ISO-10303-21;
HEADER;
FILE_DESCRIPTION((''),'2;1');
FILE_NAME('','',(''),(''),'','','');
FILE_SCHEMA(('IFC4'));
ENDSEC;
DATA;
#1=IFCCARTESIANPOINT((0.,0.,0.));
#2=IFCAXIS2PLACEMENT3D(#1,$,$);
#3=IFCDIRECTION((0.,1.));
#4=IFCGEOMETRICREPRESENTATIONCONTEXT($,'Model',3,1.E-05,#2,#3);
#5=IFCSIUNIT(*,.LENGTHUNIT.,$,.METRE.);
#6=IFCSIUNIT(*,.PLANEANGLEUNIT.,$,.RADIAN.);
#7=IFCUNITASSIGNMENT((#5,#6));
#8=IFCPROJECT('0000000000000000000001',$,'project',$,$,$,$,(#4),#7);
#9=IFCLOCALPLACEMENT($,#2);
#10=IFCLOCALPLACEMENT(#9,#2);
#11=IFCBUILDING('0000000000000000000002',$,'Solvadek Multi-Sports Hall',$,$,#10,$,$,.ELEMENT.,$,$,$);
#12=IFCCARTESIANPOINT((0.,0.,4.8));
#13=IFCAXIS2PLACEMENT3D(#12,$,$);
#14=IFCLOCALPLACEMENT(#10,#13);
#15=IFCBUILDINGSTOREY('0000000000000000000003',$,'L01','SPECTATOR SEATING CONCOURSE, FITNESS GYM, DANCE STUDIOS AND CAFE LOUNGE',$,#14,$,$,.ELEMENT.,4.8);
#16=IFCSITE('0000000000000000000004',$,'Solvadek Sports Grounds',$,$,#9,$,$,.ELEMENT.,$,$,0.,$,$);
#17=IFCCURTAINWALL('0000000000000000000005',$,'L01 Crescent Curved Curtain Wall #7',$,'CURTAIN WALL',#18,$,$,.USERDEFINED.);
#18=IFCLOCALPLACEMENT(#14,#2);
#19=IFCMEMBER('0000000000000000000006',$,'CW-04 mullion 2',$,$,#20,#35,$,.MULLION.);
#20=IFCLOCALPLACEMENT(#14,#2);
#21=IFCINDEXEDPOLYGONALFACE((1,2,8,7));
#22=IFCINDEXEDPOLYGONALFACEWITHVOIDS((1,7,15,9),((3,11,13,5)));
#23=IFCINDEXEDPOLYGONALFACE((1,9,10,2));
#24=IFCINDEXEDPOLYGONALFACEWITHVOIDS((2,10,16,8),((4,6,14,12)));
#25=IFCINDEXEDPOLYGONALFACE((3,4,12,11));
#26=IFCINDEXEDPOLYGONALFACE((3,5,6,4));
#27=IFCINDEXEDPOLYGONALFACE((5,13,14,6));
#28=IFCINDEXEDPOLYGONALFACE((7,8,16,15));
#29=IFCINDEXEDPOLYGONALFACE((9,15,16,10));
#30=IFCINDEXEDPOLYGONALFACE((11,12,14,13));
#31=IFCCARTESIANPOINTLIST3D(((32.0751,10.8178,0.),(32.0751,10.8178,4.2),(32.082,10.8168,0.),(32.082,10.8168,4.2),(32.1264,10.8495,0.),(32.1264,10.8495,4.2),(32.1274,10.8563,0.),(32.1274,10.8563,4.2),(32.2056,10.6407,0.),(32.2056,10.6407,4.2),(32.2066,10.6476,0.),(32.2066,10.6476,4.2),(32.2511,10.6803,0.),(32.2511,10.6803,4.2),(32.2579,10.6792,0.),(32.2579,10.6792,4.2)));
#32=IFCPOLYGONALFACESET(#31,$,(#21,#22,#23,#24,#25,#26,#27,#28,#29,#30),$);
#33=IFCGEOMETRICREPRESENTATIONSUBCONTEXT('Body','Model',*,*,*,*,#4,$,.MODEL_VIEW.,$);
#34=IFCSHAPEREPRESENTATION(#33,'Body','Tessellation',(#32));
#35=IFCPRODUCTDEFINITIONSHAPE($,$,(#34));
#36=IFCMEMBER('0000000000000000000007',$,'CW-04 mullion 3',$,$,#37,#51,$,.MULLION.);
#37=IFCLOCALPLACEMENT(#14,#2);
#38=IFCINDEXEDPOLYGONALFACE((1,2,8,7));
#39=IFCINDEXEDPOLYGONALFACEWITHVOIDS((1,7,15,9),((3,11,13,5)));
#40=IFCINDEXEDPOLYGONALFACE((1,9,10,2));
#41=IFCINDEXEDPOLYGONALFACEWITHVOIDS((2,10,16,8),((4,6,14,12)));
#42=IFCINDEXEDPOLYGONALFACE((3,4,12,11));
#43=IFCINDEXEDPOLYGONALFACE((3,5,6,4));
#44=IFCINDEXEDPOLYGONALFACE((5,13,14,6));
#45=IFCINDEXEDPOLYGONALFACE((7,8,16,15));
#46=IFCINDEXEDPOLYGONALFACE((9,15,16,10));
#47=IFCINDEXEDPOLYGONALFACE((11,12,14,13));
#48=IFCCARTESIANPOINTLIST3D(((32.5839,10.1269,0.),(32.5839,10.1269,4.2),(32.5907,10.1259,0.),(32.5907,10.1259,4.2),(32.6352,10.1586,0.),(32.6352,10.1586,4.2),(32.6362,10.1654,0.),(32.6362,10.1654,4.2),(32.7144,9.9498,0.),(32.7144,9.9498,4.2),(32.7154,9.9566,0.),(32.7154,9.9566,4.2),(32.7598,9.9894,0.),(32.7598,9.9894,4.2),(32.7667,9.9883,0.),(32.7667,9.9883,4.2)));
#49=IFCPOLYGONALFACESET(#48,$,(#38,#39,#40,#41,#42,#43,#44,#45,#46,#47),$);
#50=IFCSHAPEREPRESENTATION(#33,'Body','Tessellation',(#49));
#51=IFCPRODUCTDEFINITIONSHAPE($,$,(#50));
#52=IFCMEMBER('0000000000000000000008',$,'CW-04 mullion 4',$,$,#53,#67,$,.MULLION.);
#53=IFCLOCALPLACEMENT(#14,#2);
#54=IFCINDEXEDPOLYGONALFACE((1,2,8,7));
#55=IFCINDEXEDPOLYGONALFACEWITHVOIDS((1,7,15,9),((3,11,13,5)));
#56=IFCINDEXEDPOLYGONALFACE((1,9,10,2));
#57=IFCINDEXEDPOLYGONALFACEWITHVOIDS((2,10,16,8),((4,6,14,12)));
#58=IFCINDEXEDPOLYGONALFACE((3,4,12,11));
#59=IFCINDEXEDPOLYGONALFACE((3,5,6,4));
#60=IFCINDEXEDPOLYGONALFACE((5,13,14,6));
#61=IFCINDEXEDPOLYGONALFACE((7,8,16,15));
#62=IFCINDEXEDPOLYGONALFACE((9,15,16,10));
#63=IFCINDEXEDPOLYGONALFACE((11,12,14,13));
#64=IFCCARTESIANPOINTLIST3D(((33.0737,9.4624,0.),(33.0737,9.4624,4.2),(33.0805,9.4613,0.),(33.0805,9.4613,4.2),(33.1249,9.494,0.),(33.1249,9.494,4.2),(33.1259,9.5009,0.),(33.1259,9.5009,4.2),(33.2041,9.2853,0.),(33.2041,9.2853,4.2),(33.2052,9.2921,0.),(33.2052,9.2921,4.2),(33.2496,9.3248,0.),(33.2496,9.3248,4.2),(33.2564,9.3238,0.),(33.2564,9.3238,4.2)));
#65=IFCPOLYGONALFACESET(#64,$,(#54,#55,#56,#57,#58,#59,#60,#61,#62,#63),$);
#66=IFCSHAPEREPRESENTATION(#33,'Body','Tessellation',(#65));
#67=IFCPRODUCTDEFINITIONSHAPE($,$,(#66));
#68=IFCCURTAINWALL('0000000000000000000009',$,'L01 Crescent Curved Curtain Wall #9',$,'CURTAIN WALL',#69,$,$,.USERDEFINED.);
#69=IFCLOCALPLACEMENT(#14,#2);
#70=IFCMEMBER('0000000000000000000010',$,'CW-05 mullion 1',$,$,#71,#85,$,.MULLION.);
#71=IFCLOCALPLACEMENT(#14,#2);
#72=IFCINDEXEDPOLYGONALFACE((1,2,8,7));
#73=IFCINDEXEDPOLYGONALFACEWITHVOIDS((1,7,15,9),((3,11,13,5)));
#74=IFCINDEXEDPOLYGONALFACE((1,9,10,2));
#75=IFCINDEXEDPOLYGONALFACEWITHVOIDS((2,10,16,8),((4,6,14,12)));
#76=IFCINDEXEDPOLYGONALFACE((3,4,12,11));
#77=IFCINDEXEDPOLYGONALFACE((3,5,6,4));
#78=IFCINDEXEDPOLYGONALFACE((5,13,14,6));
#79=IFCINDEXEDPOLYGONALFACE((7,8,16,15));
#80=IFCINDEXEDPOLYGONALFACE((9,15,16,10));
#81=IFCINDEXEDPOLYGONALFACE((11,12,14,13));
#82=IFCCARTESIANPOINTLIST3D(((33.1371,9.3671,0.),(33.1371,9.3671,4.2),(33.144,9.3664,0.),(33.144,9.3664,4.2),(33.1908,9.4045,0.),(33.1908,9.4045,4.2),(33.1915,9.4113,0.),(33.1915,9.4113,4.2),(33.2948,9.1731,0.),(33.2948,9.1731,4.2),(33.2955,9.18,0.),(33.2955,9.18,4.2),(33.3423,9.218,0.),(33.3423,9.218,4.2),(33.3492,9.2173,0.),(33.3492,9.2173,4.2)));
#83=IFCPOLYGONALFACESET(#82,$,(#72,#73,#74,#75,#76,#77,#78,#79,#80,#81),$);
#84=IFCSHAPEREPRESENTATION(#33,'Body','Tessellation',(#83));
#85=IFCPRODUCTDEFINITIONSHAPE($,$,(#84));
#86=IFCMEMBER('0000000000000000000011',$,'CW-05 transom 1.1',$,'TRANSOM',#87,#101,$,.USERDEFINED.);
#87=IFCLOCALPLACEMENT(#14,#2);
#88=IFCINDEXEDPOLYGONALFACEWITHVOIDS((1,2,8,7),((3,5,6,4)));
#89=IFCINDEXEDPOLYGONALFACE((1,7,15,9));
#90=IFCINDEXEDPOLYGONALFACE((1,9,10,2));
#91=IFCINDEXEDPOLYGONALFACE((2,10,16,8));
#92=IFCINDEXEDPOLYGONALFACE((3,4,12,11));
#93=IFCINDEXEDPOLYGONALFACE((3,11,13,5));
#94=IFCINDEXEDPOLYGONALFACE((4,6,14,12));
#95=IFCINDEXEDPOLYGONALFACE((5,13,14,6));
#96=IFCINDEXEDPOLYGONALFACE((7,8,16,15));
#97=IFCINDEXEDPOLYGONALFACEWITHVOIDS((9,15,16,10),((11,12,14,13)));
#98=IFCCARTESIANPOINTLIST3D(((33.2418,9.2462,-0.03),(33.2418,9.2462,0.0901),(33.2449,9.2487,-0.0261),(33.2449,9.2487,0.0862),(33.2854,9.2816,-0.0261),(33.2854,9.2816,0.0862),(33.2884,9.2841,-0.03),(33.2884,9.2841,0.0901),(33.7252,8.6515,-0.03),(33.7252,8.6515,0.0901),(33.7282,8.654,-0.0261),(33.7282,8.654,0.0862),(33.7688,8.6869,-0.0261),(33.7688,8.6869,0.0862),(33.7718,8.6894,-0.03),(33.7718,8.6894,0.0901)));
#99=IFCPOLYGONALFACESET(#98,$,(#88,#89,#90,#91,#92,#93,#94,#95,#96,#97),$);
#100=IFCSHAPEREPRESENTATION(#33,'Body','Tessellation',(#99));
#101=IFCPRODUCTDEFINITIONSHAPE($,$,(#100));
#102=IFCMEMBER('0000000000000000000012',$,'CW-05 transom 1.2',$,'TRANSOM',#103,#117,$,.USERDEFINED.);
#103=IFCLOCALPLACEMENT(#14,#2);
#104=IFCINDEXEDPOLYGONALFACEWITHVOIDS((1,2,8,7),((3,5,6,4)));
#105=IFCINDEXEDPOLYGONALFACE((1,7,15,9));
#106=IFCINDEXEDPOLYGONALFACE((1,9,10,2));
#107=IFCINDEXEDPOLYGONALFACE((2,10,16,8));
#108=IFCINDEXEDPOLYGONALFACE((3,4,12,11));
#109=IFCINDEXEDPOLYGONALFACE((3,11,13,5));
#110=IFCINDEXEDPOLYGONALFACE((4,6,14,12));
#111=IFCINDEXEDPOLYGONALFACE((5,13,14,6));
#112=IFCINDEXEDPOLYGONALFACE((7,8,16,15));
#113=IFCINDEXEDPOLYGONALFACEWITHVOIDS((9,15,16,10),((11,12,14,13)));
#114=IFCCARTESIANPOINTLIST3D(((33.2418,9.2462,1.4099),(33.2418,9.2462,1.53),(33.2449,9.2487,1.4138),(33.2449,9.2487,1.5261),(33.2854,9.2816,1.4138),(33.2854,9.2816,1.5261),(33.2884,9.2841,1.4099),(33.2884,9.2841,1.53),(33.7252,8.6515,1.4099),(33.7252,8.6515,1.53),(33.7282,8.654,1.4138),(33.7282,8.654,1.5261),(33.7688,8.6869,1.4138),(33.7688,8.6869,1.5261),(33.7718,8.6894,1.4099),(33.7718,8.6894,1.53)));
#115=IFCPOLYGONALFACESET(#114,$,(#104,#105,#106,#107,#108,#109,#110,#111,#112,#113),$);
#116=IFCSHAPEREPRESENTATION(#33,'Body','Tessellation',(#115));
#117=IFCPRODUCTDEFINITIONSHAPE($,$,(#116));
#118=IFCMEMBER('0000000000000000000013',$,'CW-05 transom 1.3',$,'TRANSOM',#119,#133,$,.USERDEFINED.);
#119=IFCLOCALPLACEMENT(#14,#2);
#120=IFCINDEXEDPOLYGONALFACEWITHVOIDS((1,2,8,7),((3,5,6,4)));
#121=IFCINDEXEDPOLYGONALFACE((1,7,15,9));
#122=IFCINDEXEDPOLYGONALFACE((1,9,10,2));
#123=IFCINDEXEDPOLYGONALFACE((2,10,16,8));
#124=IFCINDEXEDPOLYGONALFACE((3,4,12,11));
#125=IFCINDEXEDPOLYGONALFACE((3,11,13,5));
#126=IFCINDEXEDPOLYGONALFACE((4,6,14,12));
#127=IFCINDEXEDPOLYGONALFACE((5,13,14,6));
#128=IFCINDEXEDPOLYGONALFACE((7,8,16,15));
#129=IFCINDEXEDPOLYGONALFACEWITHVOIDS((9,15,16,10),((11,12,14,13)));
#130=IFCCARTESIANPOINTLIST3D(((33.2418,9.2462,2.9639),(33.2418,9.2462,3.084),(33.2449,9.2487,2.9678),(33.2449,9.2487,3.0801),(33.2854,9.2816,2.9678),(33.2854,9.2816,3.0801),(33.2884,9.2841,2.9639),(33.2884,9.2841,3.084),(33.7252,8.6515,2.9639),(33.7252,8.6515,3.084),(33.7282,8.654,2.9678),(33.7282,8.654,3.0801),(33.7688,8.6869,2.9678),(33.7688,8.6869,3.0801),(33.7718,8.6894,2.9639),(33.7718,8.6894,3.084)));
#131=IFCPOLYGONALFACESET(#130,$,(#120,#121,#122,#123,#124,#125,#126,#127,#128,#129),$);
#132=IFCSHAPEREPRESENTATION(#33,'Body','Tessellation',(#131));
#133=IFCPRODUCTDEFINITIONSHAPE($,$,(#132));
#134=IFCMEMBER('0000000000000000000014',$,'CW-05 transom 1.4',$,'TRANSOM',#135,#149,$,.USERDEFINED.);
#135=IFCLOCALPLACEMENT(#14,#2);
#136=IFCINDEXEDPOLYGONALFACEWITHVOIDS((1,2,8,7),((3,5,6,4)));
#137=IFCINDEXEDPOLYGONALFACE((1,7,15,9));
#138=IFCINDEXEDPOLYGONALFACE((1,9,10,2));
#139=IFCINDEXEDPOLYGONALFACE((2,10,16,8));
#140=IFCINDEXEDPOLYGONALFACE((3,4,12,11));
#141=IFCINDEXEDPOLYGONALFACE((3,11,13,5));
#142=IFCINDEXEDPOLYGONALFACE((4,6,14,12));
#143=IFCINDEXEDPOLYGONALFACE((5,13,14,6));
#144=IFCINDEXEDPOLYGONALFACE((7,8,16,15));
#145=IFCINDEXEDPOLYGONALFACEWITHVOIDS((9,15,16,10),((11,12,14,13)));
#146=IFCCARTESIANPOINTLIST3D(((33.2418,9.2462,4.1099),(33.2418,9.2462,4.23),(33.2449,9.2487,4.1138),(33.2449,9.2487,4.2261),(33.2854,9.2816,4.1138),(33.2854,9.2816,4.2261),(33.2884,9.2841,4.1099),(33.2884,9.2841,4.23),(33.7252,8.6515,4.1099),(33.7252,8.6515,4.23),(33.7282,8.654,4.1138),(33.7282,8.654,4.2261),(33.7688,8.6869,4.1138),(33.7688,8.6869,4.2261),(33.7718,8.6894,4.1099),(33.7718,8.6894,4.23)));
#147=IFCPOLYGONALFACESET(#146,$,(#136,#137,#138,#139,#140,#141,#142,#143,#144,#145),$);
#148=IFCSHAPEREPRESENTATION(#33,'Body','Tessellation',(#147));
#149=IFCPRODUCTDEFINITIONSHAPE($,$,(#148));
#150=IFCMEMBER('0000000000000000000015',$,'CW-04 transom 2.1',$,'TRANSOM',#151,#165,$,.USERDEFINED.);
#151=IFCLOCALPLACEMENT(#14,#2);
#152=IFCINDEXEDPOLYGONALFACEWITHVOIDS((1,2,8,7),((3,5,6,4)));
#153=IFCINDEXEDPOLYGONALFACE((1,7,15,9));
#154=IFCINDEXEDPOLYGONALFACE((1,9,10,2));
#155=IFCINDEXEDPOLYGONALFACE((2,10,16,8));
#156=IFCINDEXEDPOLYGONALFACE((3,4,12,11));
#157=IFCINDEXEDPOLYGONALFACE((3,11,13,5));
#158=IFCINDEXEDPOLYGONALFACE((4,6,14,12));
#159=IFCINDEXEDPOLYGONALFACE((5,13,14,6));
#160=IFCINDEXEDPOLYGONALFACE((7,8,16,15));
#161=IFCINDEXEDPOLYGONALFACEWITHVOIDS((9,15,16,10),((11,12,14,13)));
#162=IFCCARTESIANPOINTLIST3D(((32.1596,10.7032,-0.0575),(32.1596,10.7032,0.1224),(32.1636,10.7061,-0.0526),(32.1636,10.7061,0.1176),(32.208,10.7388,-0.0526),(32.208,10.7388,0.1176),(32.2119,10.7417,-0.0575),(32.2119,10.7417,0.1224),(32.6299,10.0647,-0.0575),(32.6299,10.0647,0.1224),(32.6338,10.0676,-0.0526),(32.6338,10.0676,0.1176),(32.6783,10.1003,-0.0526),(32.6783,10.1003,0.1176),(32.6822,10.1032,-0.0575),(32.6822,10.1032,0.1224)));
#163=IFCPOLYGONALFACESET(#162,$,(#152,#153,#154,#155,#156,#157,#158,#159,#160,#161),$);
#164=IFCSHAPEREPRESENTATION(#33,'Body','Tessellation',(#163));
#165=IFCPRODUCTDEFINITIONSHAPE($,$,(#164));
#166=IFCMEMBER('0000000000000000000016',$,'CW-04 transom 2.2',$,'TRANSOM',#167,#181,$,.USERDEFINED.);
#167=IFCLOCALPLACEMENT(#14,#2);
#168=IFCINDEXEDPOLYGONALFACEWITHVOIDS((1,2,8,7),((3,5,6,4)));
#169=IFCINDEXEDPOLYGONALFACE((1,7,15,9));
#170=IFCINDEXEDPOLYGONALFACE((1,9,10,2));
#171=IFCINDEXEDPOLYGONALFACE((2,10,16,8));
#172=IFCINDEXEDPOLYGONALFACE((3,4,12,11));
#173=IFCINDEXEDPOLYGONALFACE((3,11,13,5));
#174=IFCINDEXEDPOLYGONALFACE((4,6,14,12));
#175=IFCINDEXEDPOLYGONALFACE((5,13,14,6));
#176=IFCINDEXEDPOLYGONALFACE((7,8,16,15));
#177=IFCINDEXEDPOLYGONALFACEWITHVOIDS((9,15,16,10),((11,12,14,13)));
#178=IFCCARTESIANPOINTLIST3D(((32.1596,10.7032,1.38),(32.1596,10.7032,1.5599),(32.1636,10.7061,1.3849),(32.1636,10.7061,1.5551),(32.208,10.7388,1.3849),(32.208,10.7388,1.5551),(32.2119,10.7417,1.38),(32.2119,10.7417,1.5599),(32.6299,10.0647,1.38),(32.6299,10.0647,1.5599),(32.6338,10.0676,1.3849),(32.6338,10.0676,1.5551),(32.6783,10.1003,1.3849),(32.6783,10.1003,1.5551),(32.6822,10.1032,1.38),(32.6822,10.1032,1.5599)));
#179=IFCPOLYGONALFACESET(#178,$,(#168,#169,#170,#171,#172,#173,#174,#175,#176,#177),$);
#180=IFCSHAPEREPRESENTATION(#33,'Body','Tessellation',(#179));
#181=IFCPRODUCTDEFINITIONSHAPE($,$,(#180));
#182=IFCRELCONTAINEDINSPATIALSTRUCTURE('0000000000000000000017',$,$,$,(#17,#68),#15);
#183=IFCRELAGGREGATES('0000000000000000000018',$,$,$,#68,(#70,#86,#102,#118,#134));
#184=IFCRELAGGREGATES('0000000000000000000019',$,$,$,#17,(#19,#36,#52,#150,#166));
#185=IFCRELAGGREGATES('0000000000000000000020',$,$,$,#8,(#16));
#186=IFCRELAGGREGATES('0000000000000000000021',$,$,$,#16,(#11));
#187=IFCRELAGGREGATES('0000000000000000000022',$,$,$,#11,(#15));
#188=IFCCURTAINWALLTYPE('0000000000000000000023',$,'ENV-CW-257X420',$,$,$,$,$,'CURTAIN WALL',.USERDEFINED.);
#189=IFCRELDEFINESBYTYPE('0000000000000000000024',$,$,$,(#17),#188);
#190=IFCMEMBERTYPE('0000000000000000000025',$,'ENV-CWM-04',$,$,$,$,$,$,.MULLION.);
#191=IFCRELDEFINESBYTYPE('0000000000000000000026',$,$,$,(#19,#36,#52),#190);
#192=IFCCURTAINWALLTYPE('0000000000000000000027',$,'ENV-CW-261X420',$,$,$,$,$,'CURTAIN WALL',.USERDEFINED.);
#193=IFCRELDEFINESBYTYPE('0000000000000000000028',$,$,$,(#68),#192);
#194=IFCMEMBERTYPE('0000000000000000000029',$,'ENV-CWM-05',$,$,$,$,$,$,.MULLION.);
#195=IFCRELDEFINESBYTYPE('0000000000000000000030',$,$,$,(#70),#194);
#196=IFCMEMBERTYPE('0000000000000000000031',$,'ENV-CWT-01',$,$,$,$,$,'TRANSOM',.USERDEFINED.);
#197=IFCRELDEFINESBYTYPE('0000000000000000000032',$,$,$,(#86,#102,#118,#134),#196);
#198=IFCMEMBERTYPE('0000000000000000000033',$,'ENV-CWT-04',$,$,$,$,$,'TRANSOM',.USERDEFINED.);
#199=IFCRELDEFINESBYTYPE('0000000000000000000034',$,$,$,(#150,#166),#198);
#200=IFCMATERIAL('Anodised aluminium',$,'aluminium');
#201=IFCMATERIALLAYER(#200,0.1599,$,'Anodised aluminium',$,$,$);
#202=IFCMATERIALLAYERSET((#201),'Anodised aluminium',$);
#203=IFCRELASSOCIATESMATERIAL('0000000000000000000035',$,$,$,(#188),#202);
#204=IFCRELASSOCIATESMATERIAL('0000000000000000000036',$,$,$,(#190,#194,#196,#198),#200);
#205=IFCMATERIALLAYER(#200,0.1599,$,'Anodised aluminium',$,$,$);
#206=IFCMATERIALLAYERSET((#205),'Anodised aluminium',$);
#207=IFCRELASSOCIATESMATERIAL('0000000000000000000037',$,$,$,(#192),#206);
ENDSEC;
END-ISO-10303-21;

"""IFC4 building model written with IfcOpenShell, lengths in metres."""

from ifc_helpers import new_model, si_unit, direction, frame, origin, origin_2d, place, context, subcontext, project, spatial, hollow_rectangle, extrude, material, layer, layer_set, material_profile, profile_set, type_object, element, aggregate, save


model = new_model("IFC4")

# Units and contexts
model_context = context("Model", 3, precision=1e-05, world=origin(), true_north=direction((0.0, 1.0)))
body_context = subcontext(model_context, "Body", "Model", "MODEL_VIEW")
ifc_project = project(units=[si_unit("LENGTHUNIT", "METRE"), si_unit("PLANEANGLEUNIT", "RADIAN")], contexts=[model_context])

# Site, building, storey
site_placement = place(None, origin())
site = spatial("IfcSite", under=ifc_project, at=site_placement, Name="Solvadek Sports Grounds", CompositionType="ELEMENT", RefElevation=0.0)
building_placement = place(site_placement, origin())
building = spatial("IfcBuilding", under=site, at=building_placement, Name="Solvadek Multi-Sports Hall", CompositionType="ELEMENT")
storey_placement = place(building_placement, frame((0.0, 0.0, 4.8)))
storey = spatial("IfcBuildingStorey", under=building, at=storey_placement, Name="L01", Description="SPECTATOR SEATING CONCOURSE, FITNESS GYM, DANCE STUDIOS AND CAFE LOUNGE", CompositionType="ELEMENT", Elevation=4.8)

# Curtain walls, members
ifc_material_1 = material(Name="Anodised aluminium", Category="aluminium")
ifc_layer_1 = layer(ifc_material_1, 0.1599, Name="Anodised aluminium")
ifc_layer_set_1 = layer_set([ifc_layer_1], Name="Anodised aluminium")
curtain_wall_type_1 = type_object("IfcCurtainWallType", Name="ENV-CW-257X420", ElementType="CURTAIN WALL", PredefinedType="USERDEFINED", material=ifc_layer_set_1)
curtain_wall_1_placement = place(storey_placement, origin())
curtain_wall_1 = element("IfcCurtainWall", 1, at=curtain_wall_1_placement, inside=storey, type_object=curtain_wall_type_1, Name="L01 Crescent Curved Curtain Wall #7", ObjectType="CURTAIN WALL", PredefinedType="USERDEFINED")
ifc_material_profile_1 = material_profile(ifc_material_1, hollow_rectangle(XDim=0.0649, YDim=0.22, WallThickness=0.0049, at=origin_2d()), Name="ALU-M 220x65x5")
ifc_profile_set_1 = profile_set([ifc_material_profile_1], Name="Anodised aluminium")
member_type_1 = type_object("IfcMemberType", Name="ENV-CWM-04", PredefinedType="MULLION", material=ifc_profile_set_1)
member_1_placement = place(storey_placement, frame((32.1665, 10.7485, 0.0), z_axis=(0.0, 0.0, 1.0), x_axis=(0.80509, 0.593153, 0.0)))
member_1 = element("IfcMember", 2, at=member_1_placement, type_object=member_type_1, Name="CW-04 mullion 2", PredefinedType="MULLION", context=body_context, shape_type="SweptSolid", body=[
    extrude(hollow_rectangle(XDim=0.0649, YDim=0.22, WallThickness=0.0049, at=origin_2d()), origin(), (0.0, 0.0, 1.0), 4.2),
])
member_2_placement = place(storey_placement, frame((32.6753, 10.0576, 0.0), z_axis=(0.0, 0.0, 1.0), x_axis=(0.80509, 0.593153, 0.0)))
member_2 = element("IfcMember", 3, at=member_2_placement, type_object=member_type_1, Name="CW-04 mullion 3", PredefinedType="MULLION", context=body_context, shape_type="SweptSolid", body=[
    extrude(hollow_rectangle(XDim=0.0649, YDim=0.22, WallThickness=0.0049, at=origin_2d()), origin(), (0.0, 0.0, 1.0), 4.2),
])
member_3_placement = place(storey_placement, frame((33.165, 9.3931, 0.0), z_axis=(0.0, 0.0, 1.0), x_axis=(0.80509, 0.593153, 0.0)))
member_3 = element("IfcMember", 4, at=member_3_placement, type_object=member_type_1, Name="CW-04 mullion 4", PredefinedType="MULLION", context=body_context, shape_type="SweptSolid", body=[
    extrude(hollow_rectangle(XDim=0.0649, YDim=0.22, WallThickness=0.0049, at=origin_2d()), origin(), (0.0, 0.0, 1.0), 4.2),
])
ifc_layer_2 = layer(ifc_material_1, 0.1599, Name="Anodised aluminium")
ifc_layer_set_2 = layer_set([ifc_layer_2], Name="Anodised aluminium")
curtain_wall_type_2 = type_object("IfcCurtainWallType", Name="ENV-CW-261X420", ElementType="CURTAIN WALL", PredefinedType="USERDEFINED", material=ifc_layer_set_2)
curtain_wall_2_placement = place(storey_placement, origin())
curtain_wall_2 = element("IfcCurtainWall", 5, at=curtain_wall_2_placement, inside=storey, type_object=curtain_wall_type_2, Name="L01 Crescent Curved Curtain Wall #9", ObjectType="CURTAIN WALL", PredefinedType="USERDEFINED")
ifc_material_profile_2 = material_profile(ifc_material_1, hollow_rectangle(XDim=0.0701, YDim=0.25, WallThickness=0.0049, at=origin_2d()), Name="ALU-M 250x70x5")
ifc_profile_set_2 = profile_set([ifc_material_profile_2], Name="Anodised aluminium")
member_type_2 = type_object("IfcMemberType", Name="ENV-CWM-05", PredefinedType="MULLION", material=ifc_profile_set_2)
member_4_placement = place(storey_placement, frame((33.2432, 9.2922, 0.0), z_axis=(0.0, 0.0, 1.0), x_axis=(0.776032, 0.630693, 0.0)))
member_4 = element("IfcMember", 6, at=member_4_placement, type_object=member_type_2, Name="CW-05 mullion 1", PredefinedType="MULLION", context=body_context, shape_type="SweptSolid", body=[
    extrude(hollow_rectangle(XDim=0.0701, YDim=0.25, WallThickness=0.0049, at=origin_2d()), origin(), (0.0, 0.0, 1.0), 4.2),
])
ifc_material_profile_3 = material_profile(ifc_material_1, hollow_rectangle(XDim=0.0601, YDim=0.1201, WallThickness=0.0039, at=origin_2d()), Name="ALU-T 120x60x4")
ifc_profile_set_3 = profile_set([ifc_material_profile_3], Name="Anodised aluminium")
member_type_3 = type_object("IfcMemberType", Name="ENV-CWT-01", ElementType="TRANSOM", PredefinedType="USERDEFINED", material=ifc_profile_set_3)
member_5_placement = place(storey_placement, frame((33.2651, 9.2651, 0.03), z_axis=(0.630737, -0.775997, 0.0), x_axis=(0.775997, 0.630737, 0.0)))
member_5 = element("IfcMember", 7, at=member_5_placement, type_object=member_type_3, Name="CW-05 transom 1.1", ObjectType="TRANSOM", PredefinedType="USERDEFINED", context=body_context, shape_type="SweptSolid", body=[
    extrude(hollow_rectangle(XDim=0.0601, YDim=0.1201, WallThickness=0.0039, at=origin_2d()), origin(), (0.0, 0.0, 1.0), 0.7664),
])
member_6_placement = place(storey_placement, frame((33.2651, 9.2651, 1.47), z_axis=(0.630737, -0.775997, 0.0), x_axis=(0.775997, 0.630737, 0.0)))
member_6 = element("IfcMember", 8, at=member_6_placement, type_object=member_type_3, Name="CW-05 transom 1.2", ObjectType="TRANSOM", PredefinedType="USERDEFINED", context=body_context, shape_type="SweptSolid", body=[
    extrude(hollow_rectangle(XDim=0.0601, YDim=0.1201, WallThickness=0.0039, at=origin_2d()), origin(), (0.0, 0.0, 1.0), 0.7664),
])
member_7_placement = place(storey_placement, frame((33.2651, 9.2651, 3.0239), z_axis=(0.630737, -0.775997, 0.0), x_axis=(0.775997, 0.630737, 0.0)))
member_7 = element("IfcMember", 9, at=member_7_placement, type_object=member_type_3, Name="CW-05 transom 1.3", ObjectType="TRANSOM", PredefinedType="USERDEFINED", context=body_context, shape_type="SweptSolid", body=[
    extrude(hollow_rectangle(XDim=0.0601, YDim=0.1201, WallThickness=0.0039, at=origin_2d()), origin(), (0.0, 0.0, 1.0), 0.7664),
])
member_8_placement = place(storey_placement, frame((33.2651, 9.2651, 4.1699), z_axis=(0.630737, -0.775997, 0.0), x_axis=(0.775997, 0.630737, 0.0)))
member_8 = element("IfcMember", 10, at=member_8_placement, type_object=member_type_3, Name="CW-05 transom 1.4", ObjectType="TRANSOM", PredefinedType="USERDEFINED", context=body_context, shape_type="SweptSolid", body=[
    extrude(hollow_rectangle(XDim=0.0601, YDim=0.1201, WallThickness=0.0039, at=origin_2d()), origin(), (0.0, 0.0, 1.0), 0.7664),
])
aggregate(curtain_wall_2, [member_4, member_5, member_6, member_7, member_8])

# Members
ifc_material_profile_4 = material_profile(ifc_material_1, hollow_rectangle(XDim=0.0649, YDim=0.1799, WallThickness=0.0049, at=origin_2d()), Name="ALU-T 180x65x5")
ifc_profile_set_4 = profile_set([ifc_material_profile_4], Name="Anodised aluminium")
member_type_4 = type_object("IfcMemberType", Name="ENV-CWT-04", ElementType="TRANSOM", PredefinedType="USERDEFINED", material=ifc_profile_set_4)
member_9_placement = place(storey_placement, frame((32.1858, 10.7224, 0.0325), z_axis=(0.593031, -0.80518, 0.0), x_axis=(0.80518, 0.593031, 0.0)))
member_9 = element("IfcMember", 11, at=member_9_placement, type_object=member_type_4, Name="CW-04 transom 2.1", ObjectType="TRANSOM", PredefinedType="USERDEFINED", context=body_context, shape_type="SweptSolid", body=[
    extrude(hollow_rectangle(XDim=0.0649, YDim=0.1799, WallThickness=0.0049, at=origin_2d()), origin(), (0.0, 0.0, 1.0), 0.793),
])
member_10_placement = place(storey_placement, frame((32.1858, 10.7224, 1.47), z_axis=(0.593031, -0.80518, 0.0), x_axis=(0.80518, 0.593031, 0.0)))
member_10 = element("IfcMember", 12, at=member_10_placement, type_object=member_type_4, Name="CW-04 transom 2.2", ObjectType="TRANSOM", PredefinedType="USERDEFINED", context=body_context, shape_type="SweptSolid", body=[
    extrude(hollow_rectangle(XDim=0.0649, YDim=0.1799, WallThickness=0.0049, at=origin_2d()), origin(), (0.0, 0.0, 1.0), 0.793),
])

aggregate(curtain_wall_1, [member_1, member_2, member_3, member_9, member_10])

save(model, "model.ifc")
